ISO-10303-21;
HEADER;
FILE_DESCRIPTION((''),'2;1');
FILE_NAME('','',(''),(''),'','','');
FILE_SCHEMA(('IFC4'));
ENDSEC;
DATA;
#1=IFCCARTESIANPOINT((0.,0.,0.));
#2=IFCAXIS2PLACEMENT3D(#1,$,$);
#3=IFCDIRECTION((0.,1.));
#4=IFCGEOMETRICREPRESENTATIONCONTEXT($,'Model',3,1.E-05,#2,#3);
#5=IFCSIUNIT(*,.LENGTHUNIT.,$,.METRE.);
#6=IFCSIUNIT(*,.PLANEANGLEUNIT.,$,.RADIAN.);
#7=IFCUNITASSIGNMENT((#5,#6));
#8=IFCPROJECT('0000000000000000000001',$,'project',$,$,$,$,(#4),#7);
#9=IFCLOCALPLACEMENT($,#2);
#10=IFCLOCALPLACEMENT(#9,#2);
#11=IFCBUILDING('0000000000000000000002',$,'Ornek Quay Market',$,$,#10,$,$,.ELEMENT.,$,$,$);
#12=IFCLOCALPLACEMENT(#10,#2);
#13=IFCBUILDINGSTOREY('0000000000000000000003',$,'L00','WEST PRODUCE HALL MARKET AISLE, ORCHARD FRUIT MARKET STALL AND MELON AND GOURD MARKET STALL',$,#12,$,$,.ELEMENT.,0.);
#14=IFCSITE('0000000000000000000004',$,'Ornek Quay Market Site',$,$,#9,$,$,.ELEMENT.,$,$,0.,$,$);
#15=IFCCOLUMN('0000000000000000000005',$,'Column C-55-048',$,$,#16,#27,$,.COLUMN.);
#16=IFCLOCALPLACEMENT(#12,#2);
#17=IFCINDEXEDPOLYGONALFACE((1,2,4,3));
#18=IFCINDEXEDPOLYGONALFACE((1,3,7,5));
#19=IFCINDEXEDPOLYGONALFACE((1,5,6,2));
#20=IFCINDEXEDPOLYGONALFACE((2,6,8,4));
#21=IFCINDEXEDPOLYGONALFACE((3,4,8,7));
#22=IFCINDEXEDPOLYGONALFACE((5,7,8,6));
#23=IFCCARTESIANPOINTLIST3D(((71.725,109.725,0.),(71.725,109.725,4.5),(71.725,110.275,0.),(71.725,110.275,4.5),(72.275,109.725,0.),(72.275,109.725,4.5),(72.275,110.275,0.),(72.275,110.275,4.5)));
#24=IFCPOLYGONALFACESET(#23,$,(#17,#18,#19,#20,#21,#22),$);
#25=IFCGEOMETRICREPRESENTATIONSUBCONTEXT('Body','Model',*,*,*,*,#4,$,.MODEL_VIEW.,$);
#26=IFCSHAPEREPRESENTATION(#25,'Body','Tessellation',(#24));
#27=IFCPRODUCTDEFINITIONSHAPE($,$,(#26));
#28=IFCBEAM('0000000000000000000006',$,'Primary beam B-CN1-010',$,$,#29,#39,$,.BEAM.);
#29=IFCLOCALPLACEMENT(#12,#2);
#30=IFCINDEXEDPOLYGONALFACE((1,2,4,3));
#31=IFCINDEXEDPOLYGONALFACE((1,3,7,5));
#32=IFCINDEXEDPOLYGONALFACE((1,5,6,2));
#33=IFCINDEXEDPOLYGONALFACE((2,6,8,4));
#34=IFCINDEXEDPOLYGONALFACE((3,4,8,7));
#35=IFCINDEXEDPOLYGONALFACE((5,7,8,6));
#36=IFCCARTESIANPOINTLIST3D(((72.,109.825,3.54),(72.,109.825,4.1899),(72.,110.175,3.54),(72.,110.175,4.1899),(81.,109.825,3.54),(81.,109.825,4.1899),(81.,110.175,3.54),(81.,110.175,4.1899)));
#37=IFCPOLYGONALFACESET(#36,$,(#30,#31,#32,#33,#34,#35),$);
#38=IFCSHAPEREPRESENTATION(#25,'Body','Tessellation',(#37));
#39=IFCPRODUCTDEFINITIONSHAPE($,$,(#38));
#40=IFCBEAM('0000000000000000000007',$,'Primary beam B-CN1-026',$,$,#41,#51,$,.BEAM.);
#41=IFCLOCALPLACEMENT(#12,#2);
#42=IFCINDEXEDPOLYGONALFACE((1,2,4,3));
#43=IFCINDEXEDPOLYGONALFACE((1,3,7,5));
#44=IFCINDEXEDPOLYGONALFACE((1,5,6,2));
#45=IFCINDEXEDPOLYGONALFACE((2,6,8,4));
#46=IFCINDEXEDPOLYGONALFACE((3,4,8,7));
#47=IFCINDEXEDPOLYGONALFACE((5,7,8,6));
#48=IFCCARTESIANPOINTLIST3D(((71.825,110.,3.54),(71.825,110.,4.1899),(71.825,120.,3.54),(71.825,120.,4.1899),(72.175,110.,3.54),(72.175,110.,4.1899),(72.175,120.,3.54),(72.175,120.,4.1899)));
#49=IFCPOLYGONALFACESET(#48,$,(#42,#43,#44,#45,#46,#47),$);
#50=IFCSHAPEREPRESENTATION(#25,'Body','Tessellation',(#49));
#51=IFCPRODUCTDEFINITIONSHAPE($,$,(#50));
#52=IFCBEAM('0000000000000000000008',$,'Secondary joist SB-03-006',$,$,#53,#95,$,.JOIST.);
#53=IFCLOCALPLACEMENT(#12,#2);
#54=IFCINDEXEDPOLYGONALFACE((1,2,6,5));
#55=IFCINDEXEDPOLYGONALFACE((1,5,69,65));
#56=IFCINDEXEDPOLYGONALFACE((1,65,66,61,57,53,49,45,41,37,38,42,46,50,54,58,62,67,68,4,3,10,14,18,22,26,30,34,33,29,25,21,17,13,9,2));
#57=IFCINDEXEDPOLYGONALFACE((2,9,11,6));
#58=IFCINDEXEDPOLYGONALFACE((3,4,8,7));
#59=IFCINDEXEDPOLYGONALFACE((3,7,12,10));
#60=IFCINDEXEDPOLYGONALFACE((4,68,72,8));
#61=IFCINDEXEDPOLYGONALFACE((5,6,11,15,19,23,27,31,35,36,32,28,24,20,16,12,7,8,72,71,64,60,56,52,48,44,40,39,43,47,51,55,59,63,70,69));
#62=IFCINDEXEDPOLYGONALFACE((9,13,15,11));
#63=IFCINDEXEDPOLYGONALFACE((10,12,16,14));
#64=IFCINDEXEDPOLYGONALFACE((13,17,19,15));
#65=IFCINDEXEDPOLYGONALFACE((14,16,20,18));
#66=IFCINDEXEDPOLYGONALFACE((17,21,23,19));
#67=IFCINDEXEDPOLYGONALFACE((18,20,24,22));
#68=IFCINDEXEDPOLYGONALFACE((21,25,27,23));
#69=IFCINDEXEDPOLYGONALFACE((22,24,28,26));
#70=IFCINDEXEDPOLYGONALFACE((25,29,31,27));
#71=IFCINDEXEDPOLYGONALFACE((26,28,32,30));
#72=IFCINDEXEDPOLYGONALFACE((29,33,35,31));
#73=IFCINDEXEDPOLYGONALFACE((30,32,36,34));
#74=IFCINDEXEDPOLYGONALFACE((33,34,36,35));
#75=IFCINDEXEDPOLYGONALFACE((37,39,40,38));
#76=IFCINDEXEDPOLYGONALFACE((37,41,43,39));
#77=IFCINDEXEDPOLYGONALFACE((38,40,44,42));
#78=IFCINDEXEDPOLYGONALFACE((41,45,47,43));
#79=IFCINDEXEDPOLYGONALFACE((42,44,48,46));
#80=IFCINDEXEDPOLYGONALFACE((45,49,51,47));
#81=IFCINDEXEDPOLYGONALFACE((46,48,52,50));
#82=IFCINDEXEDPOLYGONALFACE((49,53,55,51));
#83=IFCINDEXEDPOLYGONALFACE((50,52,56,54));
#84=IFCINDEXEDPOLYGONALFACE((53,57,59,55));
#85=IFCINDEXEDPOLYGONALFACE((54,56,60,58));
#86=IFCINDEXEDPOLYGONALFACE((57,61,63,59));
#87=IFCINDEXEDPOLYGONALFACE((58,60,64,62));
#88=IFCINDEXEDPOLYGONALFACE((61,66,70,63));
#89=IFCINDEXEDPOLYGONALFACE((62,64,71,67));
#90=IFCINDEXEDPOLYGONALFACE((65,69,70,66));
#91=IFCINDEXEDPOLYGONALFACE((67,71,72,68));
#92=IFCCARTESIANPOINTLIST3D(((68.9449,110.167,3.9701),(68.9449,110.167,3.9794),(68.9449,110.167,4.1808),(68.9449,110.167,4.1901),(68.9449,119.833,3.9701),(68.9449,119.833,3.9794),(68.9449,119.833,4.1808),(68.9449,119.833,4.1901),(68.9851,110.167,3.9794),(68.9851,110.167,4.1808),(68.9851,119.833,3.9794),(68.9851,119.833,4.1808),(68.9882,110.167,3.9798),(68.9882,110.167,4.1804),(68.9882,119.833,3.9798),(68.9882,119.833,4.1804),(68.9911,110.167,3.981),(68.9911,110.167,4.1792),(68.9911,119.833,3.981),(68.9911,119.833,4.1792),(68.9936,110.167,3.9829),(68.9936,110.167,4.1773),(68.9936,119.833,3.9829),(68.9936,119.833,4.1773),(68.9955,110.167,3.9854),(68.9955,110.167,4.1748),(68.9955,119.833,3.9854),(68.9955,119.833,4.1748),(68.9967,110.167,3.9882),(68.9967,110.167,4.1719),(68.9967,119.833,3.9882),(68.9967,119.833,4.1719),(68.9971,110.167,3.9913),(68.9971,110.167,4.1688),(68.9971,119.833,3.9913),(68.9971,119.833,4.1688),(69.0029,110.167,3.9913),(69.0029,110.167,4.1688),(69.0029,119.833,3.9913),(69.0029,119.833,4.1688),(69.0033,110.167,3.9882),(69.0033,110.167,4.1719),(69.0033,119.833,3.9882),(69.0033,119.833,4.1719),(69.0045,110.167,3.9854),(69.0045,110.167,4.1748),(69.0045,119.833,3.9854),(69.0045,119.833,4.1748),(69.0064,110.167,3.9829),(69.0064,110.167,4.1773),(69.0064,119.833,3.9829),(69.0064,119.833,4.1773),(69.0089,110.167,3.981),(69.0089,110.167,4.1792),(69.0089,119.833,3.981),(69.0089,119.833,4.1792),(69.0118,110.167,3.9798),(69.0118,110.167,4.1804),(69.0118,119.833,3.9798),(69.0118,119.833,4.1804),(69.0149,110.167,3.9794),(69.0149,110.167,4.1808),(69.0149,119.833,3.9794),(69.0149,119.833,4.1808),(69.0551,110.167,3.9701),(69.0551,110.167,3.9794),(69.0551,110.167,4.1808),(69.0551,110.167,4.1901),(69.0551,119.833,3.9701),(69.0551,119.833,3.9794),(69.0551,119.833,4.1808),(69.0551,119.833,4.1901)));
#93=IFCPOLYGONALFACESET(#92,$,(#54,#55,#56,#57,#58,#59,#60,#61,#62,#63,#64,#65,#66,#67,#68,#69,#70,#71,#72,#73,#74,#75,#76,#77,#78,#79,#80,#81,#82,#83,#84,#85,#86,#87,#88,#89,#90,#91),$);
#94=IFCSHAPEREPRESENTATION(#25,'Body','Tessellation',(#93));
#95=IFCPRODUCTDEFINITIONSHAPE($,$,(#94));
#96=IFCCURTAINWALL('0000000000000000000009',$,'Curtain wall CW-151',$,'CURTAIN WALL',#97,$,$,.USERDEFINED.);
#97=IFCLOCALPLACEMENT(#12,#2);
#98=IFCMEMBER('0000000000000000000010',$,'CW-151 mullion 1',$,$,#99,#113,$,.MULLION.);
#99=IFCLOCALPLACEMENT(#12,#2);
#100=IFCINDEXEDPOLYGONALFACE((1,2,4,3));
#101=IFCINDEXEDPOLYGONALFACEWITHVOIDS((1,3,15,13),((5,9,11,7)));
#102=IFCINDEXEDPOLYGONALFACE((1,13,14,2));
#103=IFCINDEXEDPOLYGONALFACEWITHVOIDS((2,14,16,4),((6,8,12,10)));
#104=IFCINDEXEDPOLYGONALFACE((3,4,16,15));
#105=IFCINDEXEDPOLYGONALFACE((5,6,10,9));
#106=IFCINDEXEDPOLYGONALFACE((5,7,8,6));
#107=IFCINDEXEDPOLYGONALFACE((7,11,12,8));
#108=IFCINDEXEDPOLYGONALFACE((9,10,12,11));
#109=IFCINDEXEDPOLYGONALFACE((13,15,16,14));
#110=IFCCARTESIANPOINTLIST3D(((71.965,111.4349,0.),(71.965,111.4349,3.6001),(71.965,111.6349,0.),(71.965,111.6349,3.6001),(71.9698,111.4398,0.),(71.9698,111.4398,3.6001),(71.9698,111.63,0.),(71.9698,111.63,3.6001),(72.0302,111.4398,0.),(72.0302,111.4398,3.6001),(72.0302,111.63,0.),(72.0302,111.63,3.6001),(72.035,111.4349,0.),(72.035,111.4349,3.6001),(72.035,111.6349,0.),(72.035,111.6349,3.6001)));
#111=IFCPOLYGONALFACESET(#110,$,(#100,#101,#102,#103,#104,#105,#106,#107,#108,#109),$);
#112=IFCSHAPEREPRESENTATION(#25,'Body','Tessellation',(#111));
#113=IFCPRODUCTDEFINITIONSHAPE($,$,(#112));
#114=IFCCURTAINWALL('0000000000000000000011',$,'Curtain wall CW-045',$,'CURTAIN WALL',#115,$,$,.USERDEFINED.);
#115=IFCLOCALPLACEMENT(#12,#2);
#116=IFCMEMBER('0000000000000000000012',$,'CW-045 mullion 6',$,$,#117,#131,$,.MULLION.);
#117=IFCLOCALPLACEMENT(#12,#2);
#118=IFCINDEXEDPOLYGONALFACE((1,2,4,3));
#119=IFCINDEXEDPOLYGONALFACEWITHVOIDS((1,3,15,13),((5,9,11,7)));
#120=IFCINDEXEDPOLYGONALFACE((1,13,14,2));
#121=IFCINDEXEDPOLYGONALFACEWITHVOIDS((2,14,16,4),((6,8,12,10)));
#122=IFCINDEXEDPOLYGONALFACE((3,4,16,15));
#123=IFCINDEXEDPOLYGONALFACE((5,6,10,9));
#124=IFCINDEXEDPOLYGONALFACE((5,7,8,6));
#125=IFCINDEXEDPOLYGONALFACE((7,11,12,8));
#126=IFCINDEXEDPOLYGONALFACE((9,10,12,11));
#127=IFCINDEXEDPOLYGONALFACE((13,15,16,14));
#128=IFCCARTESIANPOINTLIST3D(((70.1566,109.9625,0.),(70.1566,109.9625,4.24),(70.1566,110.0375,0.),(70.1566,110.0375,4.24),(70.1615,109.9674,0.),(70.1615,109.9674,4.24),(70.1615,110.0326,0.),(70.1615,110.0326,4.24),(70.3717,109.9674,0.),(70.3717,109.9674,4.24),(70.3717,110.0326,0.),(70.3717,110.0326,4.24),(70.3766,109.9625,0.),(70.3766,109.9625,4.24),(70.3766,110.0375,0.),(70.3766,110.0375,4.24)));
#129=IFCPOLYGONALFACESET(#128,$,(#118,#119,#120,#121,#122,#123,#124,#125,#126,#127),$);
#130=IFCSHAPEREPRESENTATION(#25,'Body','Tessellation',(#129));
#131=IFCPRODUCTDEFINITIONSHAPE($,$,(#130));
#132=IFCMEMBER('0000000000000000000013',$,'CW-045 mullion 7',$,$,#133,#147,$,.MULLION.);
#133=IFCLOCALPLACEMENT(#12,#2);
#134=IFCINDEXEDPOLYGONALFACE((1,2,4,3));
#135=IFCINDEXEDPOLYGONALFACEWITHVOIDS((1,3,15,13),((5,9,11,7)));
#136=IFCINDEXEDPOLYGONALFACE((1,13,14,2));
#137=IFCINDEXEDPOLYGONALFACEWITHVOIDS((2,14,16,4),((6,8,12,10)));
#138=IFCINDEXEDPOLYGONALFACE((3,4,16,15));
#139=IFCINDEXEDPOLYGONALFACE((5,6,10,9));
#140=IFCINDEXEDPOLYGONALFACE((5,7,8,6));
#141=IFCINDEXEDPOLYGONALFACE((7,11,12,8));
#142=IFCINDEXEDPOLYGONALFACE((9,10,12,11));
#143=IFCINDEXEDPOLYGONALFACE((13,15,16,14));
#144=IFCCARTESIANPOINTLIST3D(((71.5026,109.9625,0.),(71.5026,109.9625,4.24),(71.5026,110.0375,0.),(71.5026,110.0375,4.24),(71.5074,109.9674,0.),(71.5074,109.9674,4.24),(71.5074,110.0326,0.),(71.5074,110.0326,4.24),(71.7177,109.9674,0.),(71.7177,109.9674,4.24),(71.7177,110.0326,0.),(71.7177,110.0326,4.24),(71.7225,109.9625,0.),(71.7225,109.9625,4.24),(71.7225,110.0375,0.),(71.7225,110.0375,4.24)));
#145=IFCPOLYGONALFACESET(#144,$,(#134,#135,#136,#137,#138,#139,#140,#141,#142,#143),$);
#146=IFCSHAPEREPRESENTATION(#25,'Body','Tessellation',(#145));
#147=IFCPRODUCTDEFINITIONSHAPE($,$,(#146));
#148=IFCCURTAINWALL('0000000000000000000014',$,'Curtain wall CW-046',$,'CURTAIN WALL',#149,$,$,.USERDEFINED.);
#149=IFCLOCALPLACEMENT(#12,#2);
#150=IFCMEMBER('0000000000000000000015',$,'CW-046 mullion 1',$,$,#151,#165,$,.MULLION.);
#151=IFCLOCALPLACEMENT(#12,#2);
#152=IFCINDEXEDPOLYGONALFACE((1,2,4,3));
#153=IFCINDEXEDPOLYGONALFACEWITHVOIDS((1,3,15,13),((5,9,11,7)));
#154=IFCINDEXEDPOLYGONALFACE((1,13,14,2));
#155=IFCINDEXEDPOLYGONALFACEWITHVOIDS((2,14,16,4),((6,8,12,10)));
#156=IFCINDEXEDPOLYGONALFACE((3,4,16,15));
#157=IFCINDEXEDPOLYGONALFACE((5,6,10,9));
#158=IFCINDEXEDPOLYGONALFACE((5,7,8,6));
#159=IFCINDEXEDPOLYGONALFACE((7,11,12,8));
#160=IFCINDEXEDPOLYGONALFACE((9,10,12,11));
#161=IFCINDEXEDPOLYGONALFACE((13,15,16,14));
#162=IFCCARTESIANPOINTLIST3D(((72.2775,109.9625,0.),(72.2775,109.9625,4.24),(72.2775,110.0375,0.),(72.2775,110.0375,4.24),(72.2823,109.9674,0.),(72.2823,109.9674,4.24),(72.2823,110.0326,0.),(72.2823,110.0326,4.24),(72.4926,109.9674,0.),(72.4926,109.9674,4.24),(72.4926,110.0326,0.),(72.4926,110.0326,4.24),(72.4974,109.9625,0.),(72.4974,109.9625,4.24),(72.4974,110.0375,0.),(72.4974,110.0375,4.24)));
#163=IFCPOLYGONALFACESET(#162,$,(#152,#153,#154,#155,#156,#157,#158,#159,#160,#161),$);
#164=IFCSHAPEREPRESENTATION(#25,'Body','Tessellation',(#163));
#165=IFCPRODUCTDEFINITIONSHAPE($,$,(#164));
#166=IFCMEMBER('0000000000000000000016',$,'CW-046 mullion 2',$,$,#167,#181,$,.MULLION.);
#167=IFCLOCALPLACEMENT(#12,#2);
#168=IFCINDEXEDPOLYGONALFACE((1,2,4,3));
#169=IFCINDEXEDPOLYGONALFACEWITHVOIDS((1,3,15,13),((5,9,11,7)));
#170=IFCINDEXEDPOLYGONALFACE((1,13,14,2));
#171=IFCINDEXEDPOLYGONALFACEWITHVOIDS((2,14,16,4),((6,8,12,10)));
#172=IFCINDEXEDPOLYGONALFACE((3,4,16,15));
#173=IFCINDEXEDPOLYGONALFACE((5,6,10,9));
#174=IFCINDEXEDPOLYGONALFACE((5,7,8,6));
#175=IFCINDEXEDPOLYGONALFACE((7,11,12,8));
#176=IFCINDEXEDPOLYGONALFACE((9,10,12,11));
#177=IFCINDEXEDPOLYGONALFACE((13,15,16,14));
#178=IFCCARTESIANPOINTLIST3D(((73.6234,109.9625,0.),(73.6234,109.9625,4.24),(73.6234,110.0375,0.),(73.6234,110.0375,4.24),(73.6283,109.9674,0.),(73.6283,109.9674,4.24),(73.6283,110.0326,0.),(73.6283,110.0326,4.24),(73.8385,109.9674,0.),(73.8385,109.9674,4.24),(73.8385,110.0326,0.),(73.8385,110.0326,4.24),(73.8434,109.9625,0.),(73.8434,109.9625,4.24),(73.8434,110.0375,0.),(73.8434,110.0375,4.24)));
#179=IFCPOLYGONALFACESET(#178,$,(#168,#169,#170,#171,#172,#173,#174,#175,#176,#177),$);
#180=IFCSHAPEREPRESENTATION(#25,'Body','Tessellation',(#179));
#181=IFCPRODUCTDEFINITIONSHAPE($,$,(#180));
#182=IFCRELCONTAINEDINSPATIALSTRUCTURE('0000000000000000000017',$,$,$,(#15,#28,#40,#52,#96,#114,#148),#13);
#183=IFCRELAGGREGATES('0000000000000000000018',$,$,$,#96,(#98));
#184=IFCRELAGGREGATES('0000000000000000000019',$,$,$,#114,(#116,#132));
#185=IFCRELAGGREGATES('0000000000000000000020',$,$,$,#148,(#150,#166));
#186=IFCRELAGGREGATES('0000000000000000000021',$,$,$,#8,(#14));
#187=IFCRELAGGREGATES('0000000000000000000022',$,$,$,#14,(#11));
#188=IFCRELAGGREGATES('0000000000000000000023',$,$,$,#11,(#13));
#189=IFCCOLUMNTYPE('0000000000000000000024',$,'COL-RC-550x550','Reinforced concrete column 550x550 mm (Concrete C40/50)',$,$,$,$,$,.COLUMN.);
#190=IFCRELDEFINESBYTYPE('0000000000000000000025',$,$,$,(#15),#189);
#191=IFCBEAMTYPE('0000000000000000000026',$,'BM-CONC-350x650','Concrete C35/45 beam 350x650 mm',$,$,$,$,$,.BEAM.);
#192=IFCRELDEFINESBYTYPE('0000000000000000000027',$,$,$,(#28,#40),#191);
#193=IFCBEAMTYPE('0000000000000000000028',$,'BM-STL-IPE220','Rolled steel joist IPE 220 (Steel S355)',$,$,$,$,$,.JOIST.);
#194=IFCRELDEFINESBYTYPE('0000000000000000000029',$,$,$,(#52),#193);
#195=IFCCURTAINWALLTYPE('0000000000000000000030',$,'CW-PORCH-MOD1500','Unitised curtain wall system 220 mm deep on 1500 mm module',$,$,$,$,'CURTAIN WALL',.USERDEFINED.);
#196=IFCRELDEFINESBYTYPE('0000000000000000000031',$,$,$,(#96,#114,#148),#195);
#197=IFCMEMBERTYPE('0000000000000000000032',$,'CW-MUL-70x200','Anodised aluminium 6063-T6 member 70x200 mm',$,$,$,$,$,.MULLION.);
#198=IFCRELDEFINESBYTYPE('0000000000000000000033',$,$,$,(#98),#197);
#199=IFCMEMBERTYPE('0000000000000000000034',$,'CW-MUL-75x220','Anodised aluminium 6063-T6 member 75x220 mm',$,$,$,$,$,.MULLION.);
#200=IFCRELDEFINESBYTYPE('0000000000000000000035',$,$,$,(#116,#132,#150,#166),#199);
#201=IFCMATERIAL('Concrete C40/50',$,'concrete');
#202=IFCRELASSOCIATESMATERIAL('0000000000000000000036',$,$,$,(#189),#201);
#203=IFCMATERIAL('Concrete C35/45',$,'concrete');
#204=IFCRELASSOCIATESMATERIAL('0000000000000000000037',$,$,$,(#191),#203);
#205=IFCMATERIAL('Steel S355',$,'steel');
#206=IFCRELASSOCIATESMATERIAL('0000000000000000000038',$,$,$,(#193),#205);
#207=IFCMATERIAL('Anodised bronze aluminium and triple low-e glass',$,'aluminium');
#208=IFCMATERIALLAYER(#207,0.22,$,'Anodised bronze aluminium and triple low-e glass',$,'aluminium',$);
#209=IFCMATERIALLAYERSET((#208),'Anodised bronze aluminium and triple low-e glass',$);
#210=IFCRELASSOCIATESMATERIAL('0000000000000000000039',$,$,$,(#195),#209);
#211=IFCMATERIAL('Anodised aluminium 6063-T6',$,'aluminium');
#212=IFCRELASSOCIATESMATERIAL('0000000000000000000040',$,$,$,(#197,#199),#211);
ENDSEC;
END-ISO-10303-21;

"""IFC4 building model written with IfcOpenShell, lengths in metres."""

from ifc_helpers import new_model, si_unit, direction, frame, origin, origin_2d, place, context, subcontext, project, spatial, rectangle, hollow_rectangle, i_section, extrude, material, layer, layer_set, material_profile, profile_set, type_object, element, aggregate, save


model = new_model("IFC4")

# Units and contexts
model_context = context("Model", 3, precision=1e-05, world=origin(), true_north=direction((0.0, 1.0)))
body_context = subcontext(model_context, "Body", "Model", "MODEL_VIEW")
ifc_project = project(units=[si_unit("LENGTHUNIT", "METRE"), si_unit("PLANEANGLEUNIT", "RADIAN")], contexts=[model_context])

# Site, building, storey
site_placement = place(None, origin())
site = spatial("IfcSite", under=ifc_project, at=site_placement, Name="Ornek Quay Market Site", CompositionType="ELEMENT", RefElevation=0.0)
building_placement = place(site_placement, origin())
building = spatial("IfcBuilding", under=site, at=building_placement, Name="Ornek Quay Market", CompositionType="ELEMENT")
storey_placement = place(building_placement, origin())
storey = spatial("IfcBuildingStorey", under=building, at=storey_placement, Name="L00", Description="WEST PRODUCE HALL MARKET AISLE, ORCHARD FRUIT MARKET STALL AND MELON AND GOURD MARKET STALL", CompositionType="ELEMENT", Elevation=0.0)

# Column
ifc_material_1 = material(Name="Concrete C40/50", Category="concrete")
ifc_material_profile_1 = material_profile(ifc_material_1, rectangle(XDim=0.55, YDim=0.55, at=origin_2d()), Name="RC 550x550", Category="concrete")
ifc_profile_set_1 = profile_set([ifc_material_profile_1], Name="Concrete C40/50")
column_type = type_object("IfcColumnType", Name="COL-RC-550x550", Description="Reinforced concrete column 550x550 mm (Concrete C40/50)", PredefinedType="COLUMN", material=ifc_profile_set_1)
column_placement = place(storey_placement, frame((72.0, 110.0, 0.0), z_axis=(0.0, 0.0, 1.0), x_axis=(1.0, 0.0, 0.0)))
element("IfcColumn", 1, at=column_placement, inside=storey, type_object=column_type, Name="Column C-55-048", PredefinedType="COLUMN", context=body_context, shape_type="SweptSolid", body=[
    extrude(rectangle(XDim=0.55, YDim=0.55, at=origin_2d()), origin(), (0.0, 0.0, 1.0), 4.5),
])

# Beams
ifc_material_2 = material(Name="Concrete C35/45", Category="concrete")
ifc_material_profile_2 = material_profile(ifc_material_2, rectangle(XDim=0.3501, YDim=0.6499, at=origin_2d()), Name="RC 350x650", Category="concrete")
ifc_profile_set_2 = profile_set([ifc_material_profile_2], Name="Concrete C35/45")
beam_type_1 = type_object("IfcBeamType", Name="BM-CONC-350x650", Description="Concrete C35/45 beam 350x650 mm", PredefinedType="BEAM", material=ifc_profile_set_2)
beam_1_placement = place(storey_placement, frame((72.0, 110.0, 3.865), z_axis=(1.0, 0.0, 0.0), x_axis=(0.0, 1.0, 0.0)))
element("IfcBeam", 2, at=beam_1_placement, inside=storey, type_object=beam_type_1, Name="Primary beam B-CN1-010", PredefinedType="BEAM", context=body_context, shape_type="SweptSolid", body=[
    extrude(rectangle(XDim=0.3501, YDim=0.6499, at=origin_2d()), origin(), (0.0, 0.0, 1.0), 9.0),
])
beam_2_placement = place(storey_placement, frame((72.0, 110.0, 3.865), z_axis=(0.0, 1.0, 0.0), x_axis=(-1.0, 0.0, 0.0)))
element("IfcBeam", 3, at=beam_2_placement, inside=storey, type_object=beam_type_1, Name="Primary beam B-CN1-026", PredefinedType="BEAM", context=body_context, shape_type="SweptSolid", body=[
    extrude(rectangle(XDim=0.3501, YDim=0.6499, at=origin_2d()), origin(), (0.0, 0.0, 1.0), 10.0),
])
ifc_material_3 = material(Name="Steel S355", Category="steel")
ifc_material_profile_3 = material_profile(ifc_material_3, i_section(OverallWidth=0.1101, OverallDepth=0.22, WebThickness=0.0059, FlangeThickness=0.0093, FilletRadius=0.012, at=origin_2d()), Name="IPE 220", Category="steel")
ifc_profile_set_3 = profile_set([ifc_material_profile_3], Name="Steel S355")
beam_type_2 = type_object("IfcBeamType", Name="BM-STL-IPE220", Description="Rolled steel joist IPE 220 (Steel S355)", PredefinedType="JOIST", material=ifc_profile_set_3)
beam_3_placement = place(storey_placement, frame((69.0, 110.167, 4.0801), z_axis=(0.0, 1.0, 0.0), x_axis=(-1.0, 0.0, 0.0)))
element("IfcBeam", 4, at=beam_3_placement, inside=storey, type_object=beam_type_2, Name="Secondary joist SB-03-006", PredefinedType="JOIST", context=body_context, shape_type="SweptSolid", body=[
    extrude(i_section(OverallWidth=0.1101, OverallDepth=0.22, WebThickness=0.0059, FlangeThickness=0.0093, FilletRadius=0.012, at=origin_2d()), origin(), (0.0, 0.0, 1.0), 9.666),
])

# Curtain wall, member
ifc_material_4 = material(Name="Anodised bronze aluminium and triple low-e glass", Category="aluminium")
ifc_layer_1 = layer(ifc_material_4, 0.22, Name="Anodised bronze aluminium and triple low-e glass", Category="aluminium")
ifc_layer_set_1 = layer_set([ifc_layer_1], Name="Anodised bronze aluminium and triple low-e glass")
curtain_wall_type = type_object("IfcCurtainWallType", Name="CW-PORCH-MOD1500", Description="Unitised curtain wall system 220 mm deep on 1500 mm module", ElementType="CURTAIN WALL", PredefinedType="USERDEFINED", material=ifc_layer_set_1)
curtain_wall_1_placement = place(storey_placement, origin())
curtain_wall_1 = element("IfcCurtainWall", 5, at=curtain_wall_1_placement, inside=storey, type_object=curtain_wall_type, Name="Curtain wall CW-151", ObjectType="CURTAIN WALL", PredefinedType="USERDEFINED")
ifc_material_5 = material(Name="Anodised aluminium 6063-T6", Category="aluminium")
ifc_material_profile_4 = material_profile(ifc_material_5, hollow_rectangle(XDim=0.0701, YDim=0.2, WallThickness=0.0049, at=origin_2d()), Name="CW-MUL-70x200", Category="aluminium")
ifc_profile_set_4 = profile_set([ifc_material_profile_4], Name="Anodised aluminium 6063-T6")
member_type_1 = type_object("IfcMemberType", Name="CW-MUL-70x200", Description="Anodised aluminium 6063-T6 member 70x200 mm", PredefinedType="MULLION", material=ifc_profile_set_4)
member_1_placement = place(storey_placement, frame((72.0, 111.5349, 0.0), z_axis=(0.0, 0.0, 1.0), x_axis=(-1.0, 0.0, 0.0)))
member_1 = element("IfcMember", 6, at=member_1_placement, type_object=member_type_1, Name="CW-151 mullion 1", PredefinedType="MULLION", context=body_context, shape_type="SweptSolid", body=[
    extrude(hollow_rectangle(XDim=0.0701, YDim=0.2, WallThickness=0.0049, at=origin_2d()), origin(), (0.0, 0.0, 1.0), 3.6001),
])

# Curtain walls, members
curtain_wall_2_placement = place(storey_placement, origin())
curtain_wall_2 = element("IfcCurtainWall", 7, at=curtain_wall_2_placement, inside=storey, type_object=curtain_wall_type, Name="Curtain wall CW-045", ObjectType="CURTAIN WALL", PredefinedType="USERDEFINED")
ifc_material_profile_5 = material_profile(ifc_material_5, hollow_rectangle(XDim=0.075, YDim=0.22, WallThickness=0.0049, at=origin_2d()), Name="CW-MUL-75x220", Category="aluminium")
ifc_profile_set_5 = profile_set([ifc_material_profile_5], Name="Anodised aluminium 6063-T6")
member_type_2 = type_object("IfcMemberType", Name="CW-MUL-75x220", Description="Anodised aluminium 6063-T6 member 75x220 mm", PredefinedType="MULLION", material=ifc_profile_set_5)
member_2_placement = place(storey_placement, frame((70.2666, 110.0, 0.0), z_axis=(0.0, 0.0, 1.0), x_axis=(0.0, 1.0, 0.0)))
member_2 = element("IfcMember", 8, at=member_2_placement, type_object=member_type_2, Name="CW-045 mullion 6", PredefinedType="MULLION", context=body_context, shape_type="SweptSolid", body=[
    extrude(hollow_rectangle(XDim=0.075, YDim=0.22, WallThickness=0.0049, at=origin_2d()), origin(), (0.0, 0.0, 1.0), 4.24),
])
member_3_placement = place(storey_placement, frame((71.6125, 110.0, 0.0), z_axis=(0.0, 0.0, 1.0), x_axis=(0.0, 1.0, 0.0)))
member_3 = element("IfcMember", 9, at=member_3_placement, type_object=member_type_2, Name="CW-045 mullion 7", PredefinedType="MULLION", context=body_context, shape_type="SweptSolid", body=[
    extrude(hollow_rectangle(XDim=0.075, YDim=0.22, WallThickness=0.0049, at=origin_2d()), origin(), (0.0, 0.0, 1.0), 4.24),
])
curtain_wall_3_placement = place(storey_placement, origin())
curtain_wall_3 = element("IfcCurtainWall", 10, at=curtain_wall_3_placement, inside=storey, type_object=curtain_wall_type, Name="Curtain wall CW-046", ObjectType="CURTAIN WALL", PredefinedType="USERDEFINED")
member_4_placement = place(storey_placement, frame((72.3875, 110.0, 0.0), z_axis=(0.0, 0.0, 1.0), x_axis=(0.0, 1.0, 0.0)))
member_4 = element("IfcMember", 11, at=member_4_placement, type_object=member_type_2, Name="CW-046 mullion 1", PredefinedType="MULLION", context=body_context, shape_type="SweptSolid", body=[
    extrude(hollow_rectangle(XDim=0.075, YDim=0.22, WallThickness=0.0049, at=origin_2d()), origin(), (0.0, 0.0, 1.0), 4.24),
])
member_5_placement = place(storey_placement, frame((73.7334, 110.0, 0.0), z_axis=(0.0, 0.0, 1.0), x_axis=(0.0, 1.0, 0.0)))
member_5 = element("IfcMember", 12, at=member_5_placement, type_object=member_type_2, Name="CW-046 mullion 2", PredefinedType="MULLION", context=body_context, shape_type="SweptSolid", body=[
    extrude(hollow_rectangle(XDim=0.075, YDim=0.22, WallThickness=0.0049, at=origin_2d()), origin(), (0.0, 0.0, 1.0), 4.24),
])

aggregate(curtain_wall_1, [member_1])

aggregate(curtain_wall_2, [member_2, member_3])
aggregate(curtain_wall_3, [member_4, member_5])

save(model, "model.ifc")
